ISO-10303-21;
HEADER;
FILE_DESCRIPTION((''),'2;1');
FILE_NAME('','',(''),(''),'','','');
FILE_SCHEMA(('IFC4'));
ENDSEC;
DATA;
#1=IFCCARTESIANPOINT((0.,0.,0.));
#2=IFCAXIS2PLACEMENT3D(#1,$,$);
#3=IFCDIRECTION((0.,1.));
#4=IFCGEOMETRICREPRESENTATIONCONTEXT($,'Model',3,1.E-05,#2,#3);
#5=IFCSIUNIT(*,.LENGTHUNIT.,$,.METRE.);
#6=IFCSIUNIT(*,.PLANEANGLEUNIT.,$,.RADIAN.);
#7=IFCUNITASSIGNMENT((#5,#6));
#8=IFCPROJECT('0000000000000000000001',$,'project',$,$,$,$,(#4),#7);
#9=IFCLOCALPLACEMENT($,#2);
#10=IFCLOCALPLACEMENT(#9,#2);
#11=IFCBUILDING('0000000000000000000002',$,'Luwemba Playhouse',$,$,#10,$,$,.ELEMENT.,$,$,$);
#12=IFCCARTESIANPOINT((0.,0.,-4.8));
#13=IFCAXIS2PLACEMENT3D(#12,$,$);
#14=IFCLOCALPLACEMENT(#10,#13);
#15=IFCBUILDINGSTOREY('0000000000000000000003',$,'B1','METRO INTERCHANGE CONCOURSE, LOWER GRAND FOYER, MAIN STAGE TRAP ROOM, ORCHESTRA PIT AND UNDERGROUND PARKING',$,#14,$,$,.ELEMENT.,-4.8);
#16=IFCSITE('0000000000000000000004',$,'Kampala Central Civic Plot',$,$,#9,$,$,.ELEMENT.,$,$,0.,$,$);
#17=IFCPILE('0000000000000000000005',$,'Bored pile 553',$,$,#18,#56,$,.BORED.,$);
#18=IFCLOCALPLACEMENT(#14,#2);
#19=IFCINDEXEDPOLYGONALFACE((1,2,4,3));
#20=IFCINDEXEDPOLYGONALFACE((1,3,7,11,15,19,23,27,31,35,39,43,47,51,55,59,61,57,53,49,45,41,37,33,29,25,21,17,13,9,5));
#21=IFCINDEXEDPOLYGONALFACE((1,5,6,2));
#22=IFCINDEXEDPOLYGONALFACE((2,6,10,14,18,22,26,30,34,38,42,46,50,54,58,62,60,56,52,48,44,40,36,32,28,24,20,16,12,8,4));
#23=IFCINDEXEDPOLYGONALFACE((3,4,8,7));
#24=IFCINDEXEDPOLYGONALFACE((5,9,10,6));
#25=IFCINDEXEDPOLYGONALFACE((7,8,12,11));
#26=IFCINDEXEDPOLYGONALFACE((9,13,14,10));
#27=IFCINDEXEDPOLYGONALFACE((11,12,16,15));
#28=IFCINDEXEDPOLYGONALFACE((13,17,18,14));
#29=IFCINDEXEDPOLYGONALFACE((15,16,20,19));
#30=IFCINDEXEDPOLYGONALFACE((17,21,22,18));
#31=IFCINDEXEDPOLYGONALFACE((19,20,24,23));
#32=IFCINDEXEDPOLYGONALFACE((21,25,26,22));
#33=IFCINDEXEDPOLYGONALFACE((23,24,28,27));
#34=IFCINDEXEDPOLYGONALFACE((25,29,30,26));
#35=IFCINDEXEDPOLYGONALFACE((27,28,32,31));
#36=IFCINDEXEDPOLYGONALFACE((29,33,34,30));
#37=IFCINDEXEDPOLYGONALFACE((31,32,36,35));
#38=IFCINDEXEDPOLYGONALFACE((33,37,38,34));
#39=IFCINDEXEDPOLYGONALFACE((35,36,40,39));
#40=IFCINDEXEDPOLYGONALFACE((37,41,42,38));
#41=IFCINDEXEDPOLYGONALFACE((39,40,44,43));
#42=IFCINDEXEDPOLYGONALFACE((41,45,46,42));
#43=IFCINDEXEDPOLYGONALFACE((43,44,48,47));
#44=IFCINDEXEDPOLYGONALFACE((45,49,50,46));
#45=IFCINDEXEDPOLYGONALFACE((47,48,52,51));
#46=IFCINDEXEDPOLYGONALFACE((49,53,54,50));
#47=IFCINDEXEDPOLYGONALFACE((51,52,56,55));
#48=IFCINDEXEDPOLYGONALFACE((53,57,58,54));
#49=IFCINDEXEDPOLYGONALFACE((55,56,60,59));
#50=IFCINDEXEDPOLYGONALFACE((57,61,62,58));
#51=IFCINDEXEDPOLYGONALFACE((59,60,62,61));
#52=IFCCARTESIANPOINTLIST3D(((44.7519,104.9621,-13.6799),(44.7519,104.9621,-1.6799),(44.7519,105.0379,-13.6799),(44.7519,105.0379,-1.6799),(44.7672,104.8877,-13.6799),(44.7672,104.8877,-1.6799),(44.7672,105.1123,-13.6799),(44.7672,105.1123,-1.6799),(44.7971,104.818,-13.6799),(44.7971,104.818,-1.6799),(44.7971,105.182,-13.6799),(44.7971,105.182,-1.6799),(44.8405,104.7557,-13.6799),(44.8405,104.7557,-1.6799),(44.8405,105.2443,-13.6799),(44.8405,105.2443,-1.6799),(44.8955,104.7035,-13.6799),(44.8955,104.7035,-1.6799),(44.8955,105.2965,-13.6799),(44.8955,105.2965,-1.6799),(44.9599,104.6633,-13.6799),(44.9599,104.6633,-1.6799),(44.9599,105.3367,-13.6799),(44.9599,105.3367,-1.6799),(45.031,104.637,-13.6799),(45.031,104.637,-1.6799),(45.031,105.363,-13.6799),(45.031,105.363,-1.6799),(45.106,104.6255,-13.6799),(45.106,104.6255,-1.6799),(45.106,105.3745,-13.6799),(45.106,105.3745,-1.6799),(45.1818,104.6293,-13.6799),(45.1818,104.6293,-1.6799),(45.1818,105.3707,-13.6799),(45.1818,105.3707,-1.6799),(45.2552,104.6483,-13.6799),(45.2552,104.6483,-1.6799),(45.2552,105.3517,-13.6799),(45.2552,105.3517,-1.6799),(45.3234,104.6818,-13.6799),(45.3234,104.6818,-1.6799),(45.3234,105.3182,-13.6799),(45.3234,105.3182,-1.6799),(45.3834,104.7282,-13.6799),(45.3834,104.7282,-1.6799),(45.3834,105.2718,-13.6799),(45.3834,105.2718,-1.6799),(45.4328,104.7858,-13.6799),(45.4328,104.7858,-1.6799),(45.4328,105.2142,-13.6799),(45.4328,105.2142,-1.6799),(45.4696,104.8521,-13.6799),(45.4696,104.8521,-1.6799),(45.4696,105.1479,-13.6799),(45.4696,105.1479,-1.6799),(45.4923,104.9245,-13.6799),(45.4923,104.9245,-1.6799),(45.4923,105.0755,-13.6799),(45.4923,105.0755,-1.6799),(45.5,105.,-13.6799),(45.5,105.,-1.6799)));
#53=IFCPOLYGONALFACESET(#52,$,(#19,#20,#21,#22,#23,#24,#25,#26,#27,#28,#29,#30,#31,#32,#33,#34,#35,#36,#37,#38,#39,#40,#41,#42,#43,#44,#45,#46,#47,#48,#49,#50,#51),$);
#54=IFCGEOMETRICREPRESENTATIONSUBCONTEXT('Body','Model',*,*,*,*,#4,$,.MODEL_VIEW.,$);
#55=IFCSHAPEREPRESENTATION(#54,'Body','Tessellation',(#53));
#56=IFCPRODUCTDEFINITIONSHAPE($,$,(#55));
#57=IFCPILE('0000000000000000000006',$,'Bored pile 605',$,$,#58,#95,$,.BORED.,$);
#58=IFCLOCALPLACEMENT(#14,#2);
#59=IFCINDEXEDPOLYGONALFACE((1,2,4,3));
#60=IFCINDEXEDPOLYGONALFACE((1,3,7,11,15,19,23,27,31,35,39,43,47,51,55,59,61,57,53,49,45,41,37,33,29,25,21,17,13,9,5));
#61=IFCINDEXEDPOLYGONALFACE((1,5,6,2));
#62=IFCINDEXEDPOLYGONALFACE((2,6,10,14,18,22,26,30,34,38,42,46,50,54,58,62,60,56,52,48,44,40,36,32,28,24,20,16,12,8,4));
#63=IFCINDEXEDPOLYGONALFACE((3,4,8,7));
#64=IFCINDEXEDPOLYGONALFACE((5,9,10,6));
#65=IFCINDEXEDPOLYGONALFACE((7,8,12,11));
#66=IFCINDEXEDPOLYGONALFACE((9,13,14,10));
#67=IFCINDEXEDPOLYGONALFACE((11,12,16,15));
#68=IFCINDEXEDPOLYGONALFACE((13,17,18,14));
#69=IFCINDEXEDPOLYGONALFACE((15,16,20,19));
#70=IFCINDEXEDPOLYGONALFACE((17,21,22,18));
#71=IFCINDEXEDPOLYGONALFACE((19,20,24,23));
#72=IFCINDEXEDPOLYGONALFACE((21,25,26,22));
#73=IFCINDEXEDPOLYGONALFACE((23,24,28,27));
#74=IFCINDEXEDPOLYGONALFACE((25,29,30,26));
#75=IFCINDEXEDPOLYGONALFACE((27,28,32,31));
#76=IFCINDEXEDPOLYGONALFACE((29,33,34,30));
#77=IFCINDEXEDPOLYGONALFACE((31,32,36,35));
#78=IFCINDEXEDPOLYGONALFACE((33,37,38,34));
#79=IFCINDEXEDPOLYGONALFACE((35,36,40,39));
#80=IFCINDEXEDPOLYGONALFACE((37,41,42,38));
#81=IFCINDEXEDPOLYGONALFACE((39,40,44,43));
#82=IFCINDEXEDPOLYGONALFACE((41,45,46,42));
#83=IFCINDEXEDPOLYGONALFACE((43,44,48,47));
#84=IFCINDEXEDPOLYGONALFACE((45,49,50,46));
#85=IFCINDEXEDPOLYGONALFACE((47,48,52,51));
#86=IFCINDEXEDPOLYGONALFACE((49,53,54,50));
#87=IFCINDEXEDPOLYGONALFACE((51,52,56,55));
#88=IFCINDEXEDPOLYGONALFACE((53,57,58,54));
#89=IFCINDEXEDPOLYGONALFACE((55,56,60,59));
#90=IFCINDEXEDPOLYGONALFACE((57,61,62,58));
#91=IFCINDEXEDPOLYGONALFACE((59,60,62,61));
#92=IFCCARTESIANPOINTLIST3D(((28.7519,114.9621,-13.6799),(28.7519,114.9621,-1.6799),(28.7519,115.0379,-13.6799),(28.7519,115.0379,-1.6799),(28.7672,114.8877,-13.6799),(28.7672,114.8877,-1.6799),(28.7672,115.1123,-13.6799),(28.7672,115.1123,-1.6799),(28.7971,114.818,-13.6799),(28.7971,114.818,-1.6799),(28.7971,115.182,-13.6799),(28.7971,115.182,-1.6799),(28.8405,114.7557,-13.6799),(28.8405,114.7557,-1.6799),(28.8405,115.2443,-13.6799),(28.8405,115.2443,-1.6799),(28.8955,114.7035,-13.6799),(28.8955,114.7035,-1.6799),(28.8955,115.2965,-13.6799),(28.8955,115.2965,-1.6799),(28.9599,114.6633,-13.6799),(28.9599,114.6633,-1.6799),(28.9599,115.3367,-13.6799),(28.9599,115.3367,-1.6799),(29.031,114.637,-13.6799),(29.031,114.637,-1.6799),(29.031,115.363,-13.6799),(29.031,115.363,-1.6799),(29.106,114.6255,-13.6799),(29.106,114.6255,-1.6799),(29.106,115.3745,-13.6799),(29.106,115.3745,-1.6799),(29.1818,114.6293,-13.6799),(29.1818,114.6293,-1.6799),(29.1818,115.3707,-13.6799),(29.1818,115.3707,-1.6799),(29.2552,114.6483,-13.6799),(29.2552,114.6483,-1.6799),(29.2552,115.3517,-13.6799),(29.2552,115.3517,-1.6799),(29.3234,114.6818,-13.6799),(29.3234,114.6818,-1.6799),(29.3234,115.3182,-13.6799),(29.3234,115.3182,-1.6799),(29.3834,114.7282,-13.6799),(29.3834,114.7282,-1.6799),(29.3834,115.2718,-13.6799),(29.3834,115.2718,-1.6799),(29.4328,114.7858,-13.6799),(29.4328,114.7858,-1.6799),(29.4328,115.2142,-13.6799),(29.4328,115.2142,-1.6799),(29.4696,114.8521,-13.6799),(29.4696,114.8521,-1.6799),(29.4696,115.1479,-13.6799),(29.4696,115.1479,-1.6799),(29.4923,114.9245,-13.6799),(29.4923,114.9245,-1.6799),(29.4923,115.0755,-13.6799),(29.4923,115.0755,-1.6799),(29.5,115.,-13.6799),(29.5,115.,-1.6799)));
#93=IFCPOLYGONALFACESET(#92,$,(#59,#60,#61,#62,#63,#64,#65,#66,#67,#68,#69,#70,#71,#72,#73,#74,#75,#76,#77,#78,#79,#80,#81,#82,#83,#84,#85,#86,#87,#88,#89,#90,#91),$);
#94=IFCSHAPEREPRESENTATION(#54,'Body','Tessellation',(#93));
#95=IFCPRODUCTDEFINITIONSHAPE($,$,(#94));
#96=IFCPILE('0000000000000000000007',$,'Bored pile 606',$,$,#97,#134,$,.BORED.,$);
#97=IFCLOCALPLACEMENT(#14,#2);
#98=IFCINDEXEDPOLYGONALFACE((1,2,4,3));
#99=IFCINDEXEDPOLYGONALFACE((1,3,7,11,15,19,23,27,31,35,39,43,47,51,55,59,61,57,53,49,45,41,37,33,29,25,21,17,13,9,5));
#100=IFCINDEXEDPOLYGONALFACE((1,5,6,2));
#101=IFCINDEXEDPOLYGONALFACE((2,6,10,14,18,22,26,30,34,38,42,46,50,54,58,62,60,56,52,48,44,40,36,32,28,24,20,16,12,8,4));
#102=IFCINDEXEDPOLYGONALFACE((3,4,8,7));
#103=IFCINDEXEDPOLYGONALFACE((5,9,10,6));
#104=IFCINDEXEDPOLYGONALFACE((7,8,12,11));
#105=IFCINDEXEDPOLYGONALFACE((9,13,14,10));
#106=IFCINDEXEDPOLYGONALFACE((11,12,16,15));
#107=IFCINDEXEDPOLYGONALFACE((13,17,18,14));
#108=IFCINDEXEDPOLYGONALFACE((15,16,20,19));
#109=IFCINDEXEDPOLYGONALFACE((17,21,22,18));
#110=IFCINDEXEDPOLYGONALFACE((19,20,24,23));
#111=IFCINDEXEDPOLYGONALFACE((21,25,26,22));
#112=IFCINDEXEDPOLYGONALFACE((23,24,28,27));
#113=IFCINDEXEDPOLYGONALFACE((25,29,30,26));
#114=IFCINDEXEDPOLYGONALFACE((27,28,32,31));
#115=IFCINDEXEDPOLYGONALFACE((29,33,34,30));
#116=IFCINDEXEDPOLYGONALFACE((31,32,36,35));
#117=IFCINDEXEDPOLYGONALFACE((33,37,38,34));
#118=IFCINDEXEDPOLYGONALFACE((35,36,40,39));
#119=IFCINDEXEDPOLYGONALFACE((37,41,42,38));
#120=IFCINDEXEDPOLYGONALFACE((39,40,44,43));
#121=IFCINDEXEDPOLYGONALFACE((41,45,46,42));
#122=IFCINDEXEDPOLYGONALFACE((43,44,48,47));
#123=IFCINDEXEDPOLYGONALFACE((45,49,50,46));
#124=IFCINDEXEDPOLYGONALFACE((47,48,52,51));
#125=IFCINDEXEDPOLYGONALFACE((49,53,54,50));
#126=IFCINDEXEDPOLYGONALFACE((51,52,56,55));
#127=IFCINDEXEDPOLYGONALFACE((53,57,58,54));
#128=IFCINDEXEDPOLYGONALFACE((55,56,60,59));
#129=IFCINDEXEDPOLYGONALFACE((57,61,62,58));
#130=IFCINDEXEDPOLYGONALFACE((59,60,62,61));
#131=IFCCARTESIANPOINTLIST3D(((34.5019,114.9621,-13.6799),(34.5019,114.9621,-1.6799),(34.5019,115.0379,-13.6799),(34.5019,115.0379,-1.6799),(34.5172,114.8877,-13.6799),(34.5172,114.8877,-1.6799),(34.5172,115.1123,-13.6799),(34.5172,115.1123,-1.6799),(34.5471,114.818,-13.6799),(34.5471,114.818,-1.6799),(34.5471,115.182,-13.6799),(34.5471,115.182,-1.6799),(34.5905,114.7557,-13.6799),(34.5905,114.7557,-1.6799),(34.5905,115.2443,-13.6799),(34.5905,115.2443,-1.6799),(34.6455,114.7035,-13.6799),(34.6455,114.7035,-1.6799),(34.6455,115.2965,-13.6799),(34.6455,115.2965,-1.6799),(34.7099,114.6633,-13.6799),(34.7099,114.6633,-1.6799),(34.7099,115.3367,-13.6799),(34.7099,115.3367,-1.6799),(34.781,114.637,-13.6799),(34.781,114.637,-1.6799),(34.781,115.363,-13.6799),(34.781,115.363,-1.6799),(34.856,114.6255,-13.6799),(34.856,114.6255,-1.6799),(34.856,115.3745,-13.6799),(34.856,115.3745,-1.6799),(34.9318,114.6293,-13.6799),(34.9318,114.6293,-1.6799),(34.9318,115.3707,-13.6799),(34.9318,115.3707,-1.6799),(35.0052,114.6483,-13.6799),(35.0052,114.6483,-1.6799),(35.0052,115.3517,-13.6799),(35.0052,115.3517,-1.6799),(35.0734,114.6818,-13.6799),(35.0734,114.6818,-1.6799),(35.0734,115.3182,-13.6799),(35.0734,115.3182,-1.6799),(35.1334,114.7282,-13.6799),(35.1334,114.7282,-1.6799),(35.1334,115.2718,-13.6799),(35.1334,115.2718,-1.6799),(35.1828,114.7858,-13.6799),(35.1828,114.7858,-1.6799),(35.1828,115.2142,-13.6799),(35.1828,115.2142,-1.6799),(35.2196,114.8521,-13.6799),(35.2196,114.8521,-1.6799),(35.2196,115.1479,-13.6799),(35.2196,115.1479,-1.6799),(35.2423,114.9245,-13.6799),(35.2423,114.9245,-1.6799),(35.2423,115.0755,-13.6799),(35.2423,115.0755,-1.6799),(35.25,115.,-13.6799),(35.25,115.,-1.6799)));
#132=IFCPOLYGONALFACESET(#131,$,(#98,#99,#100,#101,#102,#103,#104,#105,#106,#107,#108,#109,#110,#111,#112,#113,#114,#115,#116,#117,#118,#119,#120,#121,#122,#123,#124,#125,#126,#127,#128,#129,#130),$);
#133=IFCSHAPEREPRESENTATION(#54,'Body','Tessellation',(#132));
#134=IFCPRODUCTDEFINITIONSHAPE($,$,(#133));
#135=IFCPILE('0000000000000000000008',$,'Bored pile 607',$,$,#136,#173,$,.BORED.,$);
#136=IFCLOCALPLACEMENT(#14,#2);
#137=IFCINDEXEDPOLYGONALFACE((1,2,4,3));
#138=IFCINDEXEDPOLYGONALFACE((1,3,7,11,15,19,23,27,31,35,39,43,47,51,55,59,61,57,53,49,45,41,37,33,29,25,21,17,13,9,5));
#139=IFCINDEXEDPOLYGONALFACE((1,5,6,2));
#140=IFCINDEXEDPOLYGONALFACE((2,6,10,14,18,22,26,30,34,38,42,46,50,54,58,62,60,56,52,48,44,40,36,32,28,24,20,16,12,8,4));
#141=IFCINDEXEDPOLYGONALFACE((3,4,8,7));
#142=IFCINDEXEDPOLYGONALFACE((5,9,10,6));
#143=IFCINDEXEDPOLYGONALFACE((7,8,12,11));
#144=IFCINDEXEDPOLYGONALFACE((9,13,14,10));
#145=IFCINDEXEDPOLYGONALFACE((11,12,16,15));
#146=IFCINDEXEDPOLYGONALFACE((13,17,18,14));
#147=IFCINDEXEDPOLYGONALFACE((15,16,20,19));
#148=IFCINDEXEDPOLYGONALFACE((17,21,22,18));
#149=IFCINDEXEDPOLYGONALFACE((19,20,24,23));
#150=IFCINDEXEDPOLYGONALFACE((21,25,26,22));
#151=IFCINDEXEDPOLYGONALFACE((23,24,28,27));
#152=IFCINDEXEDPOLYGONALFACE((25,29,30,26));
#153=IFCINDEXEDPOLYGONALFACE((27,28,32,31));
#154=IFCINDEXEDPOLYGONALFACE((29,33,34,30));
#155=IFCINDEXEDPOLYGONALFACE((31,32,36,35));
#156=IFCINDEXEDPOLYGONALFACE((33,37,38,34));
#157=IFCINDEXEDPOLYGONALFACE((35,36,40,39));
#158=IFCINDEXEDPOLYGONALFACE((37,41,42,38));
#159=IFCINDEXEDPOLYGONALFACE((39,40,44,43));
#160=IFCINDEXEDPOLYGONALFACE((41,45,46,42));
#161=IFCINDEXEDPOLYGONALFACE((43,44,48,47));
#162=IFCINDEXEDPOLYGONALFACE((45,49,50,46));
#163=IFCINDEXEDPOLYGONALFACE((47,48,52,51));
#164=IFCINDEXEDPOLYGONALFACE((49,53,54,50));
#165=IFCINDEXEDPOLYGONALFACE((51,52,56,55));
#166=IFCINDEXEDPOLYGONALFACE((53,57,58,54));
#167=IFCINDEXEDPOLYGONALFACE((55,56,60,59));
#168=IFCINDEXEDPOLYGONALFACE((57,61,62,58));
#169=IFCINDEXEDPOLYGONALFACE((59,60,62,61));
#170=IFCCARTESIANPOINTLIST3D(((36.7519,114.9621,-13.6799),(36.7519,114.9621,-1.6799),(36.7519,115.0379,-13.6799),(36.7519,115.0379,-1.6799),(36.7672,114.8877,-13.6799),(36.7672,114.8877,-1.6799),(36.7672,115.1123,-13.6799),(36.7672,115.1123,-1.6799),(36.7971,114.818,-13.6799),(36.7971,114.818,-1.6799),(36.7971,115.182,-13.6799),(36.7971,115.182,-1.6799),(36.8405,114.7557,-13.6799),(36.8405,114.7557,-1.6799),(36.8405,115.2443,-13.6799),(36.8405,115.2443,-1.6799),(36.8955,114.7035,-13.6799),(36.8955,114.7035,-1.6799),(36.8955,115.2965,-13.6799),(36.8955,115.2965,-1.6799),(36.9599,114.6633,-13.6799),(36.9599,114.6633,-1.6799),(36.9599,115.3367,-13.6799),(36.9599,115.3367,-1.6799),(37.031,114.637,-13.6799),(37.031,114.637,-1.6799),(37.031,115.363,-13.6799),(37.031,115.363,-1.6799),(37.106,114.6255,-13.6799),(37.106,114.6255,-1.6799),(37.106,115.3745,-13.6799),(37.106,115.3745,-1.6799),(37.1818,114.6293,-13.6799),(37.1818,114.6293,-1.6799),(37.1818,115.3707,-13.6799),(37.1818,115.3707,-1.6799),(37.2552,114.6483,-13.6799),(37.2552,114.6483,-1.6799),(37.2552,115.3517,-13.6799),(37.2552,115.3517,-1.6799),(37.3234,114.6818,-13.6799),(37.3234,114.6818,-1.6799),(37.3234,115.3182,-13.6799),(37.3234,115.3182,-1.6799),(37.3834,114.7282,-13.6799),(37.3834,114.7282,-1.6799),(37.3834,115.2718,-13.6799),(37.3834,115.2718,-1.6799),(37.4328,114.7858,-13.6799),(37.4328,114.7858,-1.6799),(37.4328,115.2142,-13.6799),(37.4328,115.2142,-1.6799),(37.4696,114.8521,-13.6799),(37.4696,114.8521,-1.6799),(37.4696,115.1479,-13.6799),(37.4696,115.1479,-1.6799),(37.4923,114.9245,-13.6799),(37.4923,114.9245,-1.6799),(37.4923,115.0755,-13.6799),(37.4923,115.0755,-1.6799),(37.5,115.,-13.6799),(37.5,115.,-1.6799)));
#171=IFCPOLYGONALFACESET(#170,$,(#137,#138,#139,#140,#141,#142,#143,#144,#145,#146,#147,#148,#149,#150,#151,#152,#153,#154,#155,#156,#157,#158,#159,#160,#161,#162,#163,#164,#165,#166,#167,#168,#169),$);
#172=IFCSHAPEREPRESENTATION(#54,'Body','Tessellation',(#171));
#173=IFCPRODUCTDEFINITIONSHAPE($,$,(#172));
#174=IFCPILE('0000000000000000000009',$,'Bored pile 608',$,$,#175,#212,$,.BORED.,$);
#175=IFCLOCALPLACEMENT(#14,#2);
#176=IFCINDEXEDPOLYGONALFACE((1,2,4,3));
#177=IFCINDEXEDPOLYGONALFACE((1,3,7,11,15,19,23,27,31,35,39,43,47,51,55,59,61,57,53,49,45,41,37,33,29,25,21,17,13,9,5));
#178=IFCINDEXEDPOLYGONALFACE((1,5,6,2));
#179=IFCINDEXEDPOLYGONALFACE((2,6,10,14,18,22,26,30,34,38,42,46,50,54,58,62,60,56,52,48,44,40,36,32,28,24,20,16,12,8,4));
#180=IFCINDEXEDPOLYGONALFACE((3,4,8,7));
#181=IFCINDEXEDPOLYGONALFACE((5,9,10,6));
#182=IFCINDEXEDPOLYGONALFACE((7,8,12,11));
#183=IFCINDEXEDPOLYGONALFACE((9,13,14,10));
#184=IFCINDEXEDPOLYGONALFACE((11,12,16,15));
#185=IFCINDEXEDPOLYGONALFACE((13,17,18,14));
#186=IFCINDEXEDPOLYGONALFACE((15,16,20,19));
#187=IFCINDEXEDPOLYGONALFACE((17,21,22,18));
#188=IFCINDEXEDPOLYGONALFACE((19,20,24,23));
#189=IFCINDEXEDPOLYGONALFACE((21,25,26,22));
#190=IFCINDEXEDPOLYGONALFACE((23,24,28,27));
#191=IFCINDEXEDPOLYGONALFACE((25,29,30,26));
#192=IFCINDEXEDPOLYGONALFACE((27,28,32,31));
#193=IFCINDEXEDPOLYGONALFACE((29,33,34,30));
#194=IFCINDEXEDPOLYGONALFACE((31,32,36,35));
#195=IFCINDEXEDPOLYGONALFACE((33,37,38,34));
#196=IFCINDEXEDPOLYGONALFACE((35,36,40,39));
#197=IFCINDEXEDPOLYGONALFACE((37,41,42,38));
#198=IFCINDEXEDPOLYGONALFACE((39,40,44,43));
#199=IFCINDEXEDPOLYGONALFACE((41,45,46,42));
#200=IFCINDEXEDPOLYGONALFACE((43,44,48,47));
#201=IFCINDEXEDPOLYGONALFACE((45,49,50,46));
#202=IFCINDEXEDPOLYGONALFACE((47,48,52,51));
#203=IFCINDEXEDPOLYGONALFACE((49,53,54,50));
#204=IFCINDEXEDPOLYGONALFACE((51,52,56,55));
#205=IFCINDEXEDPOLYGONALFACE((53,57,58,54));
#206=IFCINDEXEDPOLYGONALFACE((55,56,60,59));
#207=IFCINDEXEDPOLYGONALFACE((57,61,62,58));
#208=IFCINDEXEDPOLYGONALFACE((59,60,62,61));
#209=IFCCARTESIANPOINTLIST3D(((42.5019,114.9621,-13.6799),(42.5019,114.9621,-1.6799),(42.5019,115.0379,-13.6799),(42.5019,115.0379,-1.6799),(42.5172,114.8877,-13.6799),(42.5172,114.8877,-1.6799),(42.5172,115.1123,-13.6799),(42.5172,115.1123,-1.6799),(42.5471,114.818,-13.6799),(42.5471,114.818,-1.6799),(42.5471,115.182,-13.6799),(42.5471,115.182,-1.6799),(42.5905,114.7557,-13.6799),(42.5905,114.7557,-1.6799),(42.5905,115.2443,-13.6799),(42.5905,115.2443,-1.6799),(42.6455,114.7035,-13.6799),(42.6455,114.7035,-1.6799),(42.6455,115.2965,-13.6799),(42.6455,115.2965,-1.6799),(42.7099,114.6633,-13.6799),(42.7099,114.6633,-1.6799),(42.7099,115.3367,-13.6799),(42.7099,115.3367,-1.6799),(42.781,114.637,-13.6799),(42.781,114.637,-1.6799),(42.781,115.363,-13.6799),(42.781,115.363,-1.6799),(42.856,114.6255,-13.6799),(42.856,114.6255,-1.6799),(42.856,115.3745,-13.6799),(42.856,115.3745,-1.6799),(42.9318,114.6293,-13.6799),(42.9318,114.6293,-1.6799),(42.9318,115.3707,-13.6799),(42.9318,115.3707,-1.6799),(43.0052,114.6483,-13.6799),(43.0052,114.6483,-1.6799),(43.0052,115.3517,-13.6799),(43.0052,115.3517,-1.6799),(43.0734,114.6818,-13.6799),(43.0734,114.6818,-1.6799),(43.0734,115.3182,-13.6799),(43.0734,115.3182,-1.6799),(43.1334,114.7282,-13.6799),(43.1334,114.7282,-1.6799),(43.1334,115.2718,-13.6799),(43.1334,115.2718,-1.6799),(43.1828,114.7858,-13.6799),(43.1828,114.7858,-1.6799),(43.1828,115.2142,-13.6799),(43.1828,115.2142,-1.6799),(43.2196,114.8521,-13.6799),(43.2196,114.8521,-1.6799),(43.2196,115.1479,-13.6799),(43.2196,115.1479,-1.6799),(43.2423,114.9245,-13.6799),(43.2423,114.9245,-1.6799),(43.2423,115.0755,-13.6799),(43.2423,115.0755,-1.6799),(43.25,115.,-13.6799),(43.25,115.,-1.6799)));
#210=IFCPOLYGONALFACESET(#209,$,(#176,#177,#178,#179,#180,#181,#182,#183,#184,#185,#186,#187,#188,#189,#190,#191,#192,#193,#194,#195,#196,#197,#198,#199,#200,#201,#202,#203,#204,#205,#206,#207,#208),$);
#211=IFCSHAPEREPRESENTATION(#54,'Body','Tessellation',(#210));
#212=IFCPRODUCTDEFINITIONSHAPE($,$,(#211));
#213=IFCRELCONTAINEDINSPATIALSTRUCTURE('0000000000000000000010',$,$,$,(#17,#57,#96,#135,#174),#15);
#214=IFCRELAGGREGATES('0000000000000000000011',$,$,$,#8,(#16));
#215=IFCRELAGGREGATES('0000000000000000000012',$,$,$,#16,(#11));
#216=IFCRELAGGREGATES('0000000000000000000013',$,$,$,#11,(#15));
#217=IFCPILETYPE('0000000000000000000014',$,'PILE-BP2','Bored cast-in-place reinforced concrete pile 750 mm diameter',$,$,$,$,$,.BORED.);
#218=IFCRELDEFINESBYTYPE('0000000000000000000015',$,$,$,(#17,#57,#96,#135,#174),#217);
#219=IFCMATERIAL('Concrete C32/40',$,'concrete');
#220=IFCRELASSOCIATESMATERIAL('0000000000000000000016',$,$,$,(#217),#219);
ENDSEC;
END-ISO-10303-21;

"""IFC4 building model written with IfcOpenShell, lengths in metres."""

from ifc_helpers import new_model, si_unit, direction, frame, origin, origin_2d, place, context, subcontext, project, spatial, circle, extrude, material, material_profile, profile_set, type_object, element, save


model = new_model("IFC4")

# Units and contexts
model_context = context("Model", 3, precision=1e-05, world=origin(), true_north=direction((0.0, 1.0)))
body_context = subcontext(model_context, "Body", "Model", "MODEL_VIEW")
ifc_project = project(units=[si_unit("LENGTHUNIT", "METRE"), si_unit("PLANEANGLEUNIT", "RADIAN")], contexts=[model_context])

# Site, building, storey
site_placement = place(None, origin())
site = spatial("IfcSite", under=ifc_project, at=site_placement, Name="Kampala Central Civic Plot", CompositionType="ELEMENT", RefElevation=0.0)
building_placement = place(site_placement, origin())
building = spatial("IfcBuilding", under=site, at=building_placement, Name="Luwemba Playhouse", CompositionType="ELEMENT")
storey_placement = place(building_placement, frame((0.0, 0.0, -4.8)))
storey = spatial("IfcBuildingStorey", under=building, at=storey_placement, Name="B1", Description="METRO INTERCHANGE CONCOURSE, LOWER GRAND FOYER, MAIN STAGE TRAP ROOM, ORCHESTRA PIT AND UNDERGROUND PARKING", CompositionType="ELEMENT", Elevation=-4.8)

# Shared definitions
ifc_material_1 = material(Name="Concrete C32/40", Category="concrete")

# Piles
ifc_material_profile_1 = material_profile(ifc_material_1, circle(Radius=0.375, at=origin_2d()))
ifc_profile_set_1 = profile_set([ifc_material_profile_1], Name="Concrete C32/40")
pile_type_1 = type_object("IfcPileType", Name="PILE-BP2", Description="Bored cast-in-place reinforced concrete pile 750 mm diameter", PredefinedType="BORED", material=ifc_profile_set_1)
for number, where, z_axis, x_axis, name in (
    (1, (45.125, 105.0, -1.6799), (0.0, 0.0, -1.0), (1.0, 0.0, 0.0), "Bored pile 553"),
    (2, (29.125, 115.0, -1.6799), (0.0, 0.0, -1.0), (1.0, 0.0, 0.0), "Bored pile 605"),
    (3, (34.875, 115.0, -1.6799), (0.0, 0.0, -1.0), (1.0, 0.0, 0.0), "Bored pile 606"),
    (4, (37.125, 115.0, -1.6799), (0.0, 0.0, -1.0), (1.0, 0.0, 0.0), "Bored pile 607"),
    (5, (42.875, 115.0, -1.6799), (0.0, 0.0, -1.0), (1.0, 0.0, 0.0), "Bored pile 608"),
):
    element("IfcPile", number, at=place(storey_placement, frame(where, z_axis=z_axis, x_axis=x_axis)), inside=storey, type_object=pile_type_1, Name=name, PredefinedType="BORED", context=body_context, shape_type="SweptSolid", body=[
        extrude(circle(Radius=0.375, at=origin_2d()), origin(), (0.0, 0.0, 1.0), 12.0),
    ])

save(model, "model.ifc")
